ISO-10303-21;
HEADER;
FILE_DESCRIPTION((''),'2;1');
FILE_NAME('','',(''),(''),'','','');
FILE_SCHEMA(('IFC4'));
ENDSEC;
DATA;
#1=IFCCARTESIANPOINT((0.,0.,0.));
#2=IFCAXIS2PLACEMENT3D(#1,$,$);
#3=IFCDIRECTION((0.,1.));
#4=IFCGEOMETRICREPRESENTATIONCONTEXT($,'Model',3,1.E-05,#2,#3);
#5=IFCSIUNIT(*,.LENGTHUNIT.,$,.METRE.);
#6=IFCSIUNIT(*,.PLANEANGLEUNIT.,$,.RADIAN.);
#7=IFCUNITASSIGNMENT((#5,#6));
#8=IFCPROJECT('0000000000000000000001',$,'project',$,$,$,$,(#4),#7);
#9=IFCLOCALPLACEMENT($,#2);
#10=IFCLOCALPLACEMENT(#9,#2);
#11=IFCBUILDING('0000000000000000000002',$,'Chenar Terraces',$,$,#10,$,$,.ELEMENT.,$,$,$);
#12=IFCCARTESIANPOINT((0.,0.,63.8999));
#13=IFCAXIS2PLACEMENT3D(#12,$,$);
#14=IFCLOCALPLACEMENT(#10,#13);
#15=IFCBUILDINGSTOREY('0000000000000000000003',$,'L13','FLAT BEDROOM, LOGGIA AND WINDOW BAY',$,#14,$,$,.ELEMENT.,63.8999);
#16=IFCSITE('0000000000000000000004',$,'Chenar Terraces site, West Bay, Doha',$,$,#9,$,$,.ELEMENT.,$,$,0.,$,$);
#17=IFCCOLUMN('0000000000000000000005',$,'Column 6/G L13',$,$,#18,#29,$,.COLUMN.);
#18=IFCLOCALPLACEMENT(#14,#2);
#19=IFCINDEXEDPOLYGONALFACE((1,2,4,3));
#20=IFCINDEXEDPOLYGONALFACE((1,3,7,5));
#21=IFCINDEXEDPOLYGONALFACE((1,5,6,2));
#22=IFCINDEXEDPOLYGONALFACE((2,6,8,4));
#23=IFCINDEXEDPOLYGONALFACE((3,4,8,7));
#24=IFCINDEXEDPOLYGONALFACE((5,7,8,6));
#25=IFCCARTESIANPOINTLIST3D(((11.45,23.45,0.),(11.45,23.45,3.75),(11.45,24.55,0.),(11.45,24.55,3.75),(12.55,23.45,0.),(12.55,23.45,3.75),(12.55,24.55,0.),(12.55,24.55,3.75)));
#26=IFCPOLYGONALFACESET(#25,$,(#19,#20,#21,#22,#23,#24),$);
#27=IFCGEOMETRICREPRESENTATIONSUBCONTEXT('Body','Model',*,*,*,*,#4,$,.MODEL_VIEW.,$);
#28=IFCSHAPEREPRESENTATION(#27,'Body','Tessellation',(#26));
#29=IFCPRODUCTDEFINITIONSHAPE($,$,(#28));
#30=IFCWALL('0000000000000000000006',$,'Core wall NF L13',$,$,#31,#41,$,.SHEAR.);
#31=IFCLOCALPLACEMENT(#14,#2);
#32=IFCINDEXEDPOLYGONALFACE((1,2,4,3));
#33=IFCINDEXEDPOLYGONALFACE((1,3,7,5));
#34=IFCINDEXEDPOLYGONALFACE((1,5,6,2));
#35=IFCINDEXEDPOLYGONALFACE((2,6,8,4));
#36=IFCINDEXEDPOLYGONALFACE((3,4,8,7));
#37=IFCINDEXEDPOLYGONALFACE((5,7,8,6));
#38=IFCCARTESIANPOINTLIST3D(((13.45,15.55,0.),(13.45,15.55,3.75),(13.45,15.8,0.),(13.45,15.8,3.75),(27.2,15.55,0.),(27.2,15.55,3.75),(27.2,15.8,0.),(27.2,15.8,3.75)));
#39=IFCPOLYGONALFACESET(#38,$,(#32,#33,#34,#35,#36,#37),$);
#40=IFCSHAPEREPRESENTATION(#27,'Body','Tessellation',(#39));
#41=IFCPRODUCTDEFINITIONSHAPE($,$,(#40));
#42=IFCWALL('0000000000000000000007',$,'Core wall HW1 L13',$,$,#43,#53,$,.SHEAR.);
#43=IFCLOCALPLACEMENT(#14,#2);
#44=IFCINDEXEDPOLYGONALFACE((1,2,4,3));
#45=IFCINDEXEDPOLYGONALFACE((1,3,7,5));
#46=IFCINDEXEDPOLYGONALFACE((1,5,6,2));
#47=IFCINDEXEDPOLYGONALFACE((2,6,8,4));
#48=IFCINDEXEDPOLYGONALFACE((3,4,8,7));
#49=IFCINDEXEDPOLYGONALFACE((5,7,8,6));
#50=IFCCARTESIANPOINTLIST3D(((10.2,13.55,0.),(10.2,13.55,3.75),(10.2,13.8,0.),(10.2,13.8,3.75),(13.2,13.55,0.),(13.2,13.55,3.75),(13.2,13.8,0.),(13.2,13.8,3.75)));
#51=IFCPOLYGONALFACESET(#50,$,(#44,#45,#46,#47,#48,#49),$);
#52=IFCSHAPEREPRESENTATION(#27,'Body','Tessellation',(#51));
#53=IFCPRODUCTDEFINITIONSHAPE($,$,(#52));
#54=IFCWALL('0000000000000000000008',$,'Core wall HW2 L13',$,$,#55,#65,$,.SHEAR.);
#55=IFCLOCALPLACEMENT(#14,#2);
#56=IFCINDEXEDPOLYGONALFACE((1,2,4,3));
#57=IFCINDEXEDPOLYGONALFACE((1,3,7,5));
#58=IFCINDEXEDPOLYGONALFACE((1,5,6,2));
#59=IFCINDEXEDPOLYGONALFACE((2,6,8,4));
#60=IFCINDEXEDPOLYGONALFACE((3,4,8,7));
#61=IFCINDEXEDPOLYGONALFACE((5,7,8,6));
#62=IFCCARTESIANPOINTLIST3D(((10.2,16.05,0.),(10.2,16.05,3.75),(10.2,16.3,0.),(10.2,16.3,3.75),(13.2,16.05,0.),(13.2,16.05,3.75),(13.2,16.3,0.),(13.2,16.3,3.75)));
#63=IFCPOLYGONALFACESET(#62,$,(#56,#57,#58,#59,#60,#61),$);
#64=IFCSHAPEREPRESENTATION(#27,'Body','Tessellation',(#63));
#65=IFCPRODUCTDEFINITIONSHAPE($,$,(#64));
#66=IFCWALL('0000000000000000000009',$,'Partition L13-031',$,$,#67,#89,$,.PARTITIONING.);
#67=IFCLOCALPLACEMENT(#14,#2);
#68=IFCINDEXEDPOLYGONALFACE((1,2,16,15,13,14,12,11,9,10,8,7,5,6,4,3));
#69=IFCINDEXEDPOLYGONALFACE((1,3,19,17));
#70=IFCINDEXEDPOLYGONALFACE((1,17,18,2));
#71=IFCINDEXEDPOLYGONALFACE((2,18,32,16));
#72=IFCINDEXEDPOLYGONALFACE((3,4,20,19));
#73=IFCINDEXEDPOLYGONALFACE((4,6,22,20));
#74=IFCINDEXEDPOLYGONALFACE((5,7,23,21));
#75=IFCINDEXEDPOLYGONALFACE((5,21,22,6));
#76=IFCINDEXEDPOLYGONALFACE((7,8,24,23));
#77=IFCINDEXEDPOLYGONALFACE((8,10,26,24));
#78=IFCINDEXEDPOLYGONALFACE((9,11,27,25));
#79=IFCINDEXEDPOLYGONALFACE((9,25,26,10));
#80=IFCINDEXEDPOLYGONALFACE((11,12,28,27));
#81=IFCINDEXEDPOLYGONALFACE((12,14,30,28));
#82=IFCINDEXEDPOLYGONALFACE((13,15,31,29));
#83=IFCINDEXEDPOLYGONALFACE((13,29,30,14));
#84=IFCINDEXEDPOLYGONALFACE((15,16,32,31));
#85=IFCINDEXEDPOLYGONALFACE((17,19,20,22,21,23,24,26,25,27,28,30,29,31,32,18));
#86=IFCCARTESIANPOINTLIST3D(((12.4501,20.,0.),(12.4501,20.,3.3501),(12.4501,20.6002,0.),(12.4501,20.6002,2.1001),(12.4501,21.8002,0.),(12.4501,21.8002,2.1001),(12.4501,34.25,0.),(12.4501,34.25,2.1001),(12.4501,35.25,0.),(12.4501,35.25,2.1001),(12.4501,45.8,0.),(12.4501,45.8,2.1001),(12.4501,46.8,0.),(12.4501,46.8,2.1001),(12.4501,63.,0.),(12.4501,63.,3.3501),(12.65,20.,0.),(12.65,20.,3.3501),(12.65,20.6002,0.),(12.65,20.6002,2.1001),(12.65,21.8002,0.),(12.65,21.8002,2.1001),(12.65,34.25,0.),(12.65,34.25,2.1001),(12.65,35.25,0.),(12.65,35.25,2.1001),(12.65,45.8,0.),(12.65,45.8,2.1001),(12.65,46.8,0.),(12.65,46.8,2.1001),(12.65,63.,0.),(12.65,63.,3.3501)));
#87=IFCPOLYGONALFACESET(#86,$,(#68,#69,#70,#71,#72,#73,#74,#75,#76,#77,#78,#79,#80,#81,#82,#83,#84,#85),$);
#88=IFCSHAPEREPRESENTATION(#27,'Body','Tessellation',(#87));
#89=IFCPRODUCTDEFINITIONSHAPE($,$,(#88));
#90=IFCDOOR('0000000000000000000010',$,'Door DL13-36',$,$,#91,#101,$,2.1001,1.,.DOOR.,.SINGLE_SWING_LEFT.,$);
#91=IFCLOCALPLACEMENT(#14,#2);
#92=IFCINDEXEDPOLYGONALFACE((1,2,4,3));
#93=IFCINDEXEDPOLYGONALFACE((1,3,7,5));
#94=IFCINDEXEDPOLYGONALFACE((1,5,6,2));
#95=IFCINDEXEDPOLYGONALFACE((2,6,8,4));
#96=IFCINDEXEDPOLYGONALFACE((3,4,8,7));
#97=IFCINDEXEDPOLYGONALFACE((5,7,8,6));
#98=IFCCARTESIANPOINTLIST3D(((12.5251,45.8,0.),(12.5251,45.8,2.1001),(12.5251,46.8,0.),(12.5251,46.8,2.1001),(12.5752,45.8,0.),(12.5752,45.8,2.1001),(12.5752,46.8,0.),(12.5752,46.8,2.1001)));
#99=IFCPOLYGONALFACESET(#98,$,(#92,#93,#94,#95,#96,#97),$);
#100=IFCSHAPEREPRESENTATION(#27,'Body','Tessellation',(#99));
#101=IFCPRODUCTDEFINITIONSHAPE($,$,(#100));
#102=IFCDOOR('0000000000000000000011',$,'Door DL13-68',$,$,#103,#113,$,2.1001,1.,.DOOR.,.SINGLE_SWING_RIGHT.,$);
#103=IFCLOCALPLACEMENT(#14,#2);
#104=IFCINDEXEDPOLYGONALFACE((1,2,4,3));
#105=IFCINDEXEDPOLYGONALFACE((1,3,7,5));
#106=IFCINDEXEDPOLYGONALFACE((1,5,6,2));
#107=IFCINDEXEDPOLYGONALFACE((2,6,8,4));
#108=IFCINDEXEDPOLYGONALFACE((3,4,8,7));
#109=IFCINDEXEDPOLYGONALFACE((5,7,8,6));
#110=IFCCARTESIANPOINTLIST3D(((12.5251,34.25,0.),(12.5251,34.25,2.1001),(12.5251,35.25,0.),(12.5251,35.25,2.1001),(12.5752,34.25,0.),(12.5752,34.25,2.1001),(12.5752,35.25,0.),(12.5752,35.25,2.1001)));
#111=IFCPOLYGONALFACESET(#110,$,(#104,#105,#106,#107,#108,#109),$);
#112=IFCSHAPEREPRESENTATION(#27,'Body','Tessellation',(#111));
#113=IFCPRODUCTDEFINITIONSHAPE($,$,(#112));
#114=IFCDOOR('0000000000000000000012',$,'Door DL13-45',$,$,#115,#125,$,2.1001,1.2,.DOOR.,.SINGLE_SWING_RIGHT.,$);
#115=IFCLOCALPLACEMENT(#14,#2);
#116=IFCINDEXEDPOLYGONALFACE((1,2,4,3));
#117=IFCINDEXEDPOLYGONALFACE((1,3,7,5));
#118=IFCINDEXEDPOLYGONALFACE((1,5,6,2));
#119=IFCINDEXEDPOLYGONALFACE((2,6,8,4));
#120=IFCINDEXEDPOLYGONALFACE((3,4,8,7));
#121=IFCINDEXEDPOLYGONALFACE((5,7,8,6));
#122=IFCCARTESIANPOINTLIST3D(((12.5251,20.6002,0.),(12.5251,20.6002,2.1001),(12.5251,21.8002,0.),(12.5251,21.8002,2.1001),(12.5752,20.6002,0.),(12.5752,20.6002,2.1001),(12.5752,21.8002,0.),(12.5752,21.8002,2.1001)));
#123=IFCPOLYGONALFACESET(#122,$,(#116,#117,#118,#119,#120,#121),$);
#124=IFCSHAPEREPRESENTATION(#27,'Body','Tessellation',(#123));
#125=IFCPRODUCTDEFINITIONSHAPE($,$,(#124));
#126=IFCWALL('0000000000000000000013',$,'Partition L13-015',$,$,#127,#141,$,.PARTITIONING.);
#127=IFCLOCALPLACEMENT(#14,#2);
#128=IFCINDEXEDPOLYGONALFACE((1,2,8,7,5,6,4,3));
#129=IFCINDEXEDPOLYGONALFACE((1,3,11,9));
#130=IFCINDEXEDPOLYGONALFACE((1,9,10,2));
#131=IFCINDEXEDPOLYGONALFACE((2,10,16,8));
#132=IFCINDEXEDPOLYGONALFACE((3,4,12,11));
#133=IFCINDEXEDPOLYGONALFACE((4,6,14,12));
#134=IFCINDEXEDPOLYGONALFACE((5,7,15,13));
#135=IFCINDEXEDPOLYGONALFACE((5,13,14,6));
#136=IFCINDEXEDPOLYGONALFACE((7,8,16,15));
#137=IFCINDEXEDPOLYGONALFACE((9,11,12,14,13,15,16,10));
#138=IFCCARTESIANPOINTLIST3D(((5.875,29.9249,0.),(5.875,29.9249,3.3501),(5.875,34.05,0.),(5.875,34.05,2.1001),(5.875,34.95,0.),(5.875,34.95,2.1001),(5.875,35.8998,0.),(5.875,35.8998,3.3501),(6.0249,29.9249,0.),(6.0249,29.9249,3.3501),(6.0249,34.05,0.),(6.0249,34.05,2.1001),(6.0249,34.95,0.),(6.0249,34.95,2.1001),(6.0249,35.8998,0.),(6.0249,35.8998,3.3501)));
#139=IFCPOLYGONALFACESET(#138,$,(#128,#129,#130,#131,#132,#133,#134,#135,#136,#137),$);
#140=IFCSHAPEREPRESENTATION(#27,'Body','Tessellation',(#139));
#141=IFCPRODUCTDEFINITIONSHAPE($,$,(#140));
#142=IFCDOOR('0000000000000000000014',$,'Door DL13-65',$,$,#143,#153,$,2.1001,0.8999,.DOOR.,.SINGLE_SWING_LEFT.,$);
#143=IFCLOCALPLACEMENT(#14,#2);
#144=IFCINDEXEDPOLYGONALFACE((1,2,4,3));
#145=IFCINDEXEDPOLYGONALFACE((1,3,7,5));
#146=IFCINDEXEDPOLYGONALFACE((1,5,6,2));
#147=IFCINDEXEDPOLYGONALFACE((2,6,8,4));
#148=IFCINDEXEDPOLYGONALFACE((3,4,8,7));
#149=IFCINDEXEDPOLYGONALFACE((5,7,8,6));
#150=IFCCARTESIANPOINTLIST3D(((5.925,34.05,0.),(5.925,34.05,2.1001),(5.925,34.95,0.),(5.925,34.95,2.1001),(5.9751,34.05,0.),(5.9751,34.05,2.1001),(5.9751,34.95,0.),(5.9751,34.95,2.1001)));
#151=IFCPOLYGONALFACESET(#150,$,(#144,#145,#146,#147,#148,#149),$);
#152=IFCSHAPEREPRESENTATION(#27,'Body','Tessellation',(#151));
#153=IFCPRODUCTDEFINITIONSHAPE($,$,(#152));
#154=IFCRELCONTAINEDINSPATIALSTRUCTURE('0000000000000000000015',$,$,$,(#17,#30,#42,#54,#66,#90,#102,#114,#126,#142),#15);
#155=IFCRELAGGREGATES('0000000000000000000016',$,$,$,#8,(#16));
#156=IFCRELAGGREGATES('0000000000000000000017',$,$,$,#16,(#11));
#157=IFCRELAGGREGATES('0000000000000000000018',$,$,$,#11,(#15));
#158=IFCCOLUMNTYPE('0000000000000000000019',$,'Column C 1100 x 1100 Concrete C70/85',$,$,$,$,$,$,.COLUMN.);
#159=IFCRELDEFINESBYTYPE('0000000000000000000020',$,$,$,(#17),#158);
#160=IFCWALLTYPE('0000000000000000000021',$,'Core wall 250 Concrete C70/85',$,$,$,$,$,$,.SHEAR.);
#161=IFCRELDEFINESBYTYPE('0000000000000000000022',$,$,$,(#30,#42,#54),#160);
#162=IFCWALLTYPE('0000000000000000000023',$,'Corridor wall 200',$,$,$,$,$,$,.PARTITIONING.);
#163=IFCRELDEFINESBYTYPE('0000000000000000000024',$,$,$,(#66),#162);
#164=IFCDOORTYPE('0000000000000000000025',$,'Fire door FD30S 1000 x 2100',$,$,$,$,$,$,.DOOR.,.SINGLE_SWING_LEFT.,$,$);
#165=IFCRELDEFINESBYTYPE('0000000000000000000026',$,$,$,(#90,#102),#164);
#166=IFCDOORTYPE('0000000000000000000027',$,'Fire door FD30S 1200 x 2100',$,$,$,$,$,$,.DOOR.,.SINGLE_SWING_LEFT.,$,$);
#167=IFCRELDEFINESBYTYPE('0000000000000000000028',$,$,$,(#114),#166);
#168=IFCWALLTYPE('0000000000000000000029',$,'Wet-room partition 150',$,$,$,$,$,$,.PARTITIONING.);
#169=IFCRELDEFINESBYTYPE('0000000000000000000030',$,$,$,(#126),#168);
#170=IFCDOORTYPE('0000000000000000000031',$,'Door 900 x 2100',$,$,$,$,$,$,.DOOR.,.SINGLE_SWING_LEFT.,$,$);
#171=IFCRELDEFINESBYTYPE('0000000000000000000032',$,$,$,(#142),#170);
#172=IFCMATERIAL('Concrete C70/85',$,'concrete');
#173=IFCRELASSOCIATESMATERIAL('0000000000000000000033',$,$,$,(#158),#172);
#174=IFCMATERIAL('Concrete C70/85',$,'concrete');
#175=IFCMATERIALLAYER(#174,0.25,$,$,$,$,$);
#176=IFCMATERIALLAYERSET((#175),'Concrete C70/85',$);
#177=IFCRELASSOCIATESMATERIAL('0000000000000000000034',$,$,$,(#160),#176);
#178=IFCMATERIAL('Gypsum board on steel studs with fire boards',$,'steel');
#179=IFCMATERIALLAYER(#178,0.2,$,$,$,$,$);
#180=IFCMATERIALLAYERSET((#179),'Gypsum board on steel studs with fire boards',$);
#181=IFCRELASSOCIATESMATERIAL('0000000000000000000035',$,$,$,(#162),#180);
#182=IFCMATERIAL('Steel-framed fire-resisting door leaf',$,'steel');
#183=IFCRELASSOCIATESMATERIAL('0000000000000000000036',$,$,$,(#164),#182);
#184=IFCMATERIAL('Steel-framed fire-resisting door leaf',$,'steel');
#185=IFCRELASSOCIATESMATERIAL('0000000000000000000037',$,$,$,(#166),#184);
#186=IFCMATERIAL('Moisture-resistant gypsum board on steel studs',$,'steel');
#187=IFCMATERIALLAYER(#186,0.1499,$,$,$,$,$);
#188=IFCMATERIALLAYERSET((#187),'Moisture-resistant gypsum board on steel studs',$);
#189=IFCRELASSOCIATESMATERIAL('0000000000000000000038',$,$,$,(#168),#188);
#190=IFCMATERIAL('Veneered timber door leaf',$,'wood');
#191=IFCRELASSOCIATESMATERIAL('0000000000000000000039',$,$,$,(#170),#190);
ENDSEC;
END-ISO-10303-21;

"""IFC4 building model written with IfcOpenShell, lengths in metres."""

from ifc_helpers import new_model, si_unit, direction, frame, frame_2d, origin, origin_2d, place, context, subcontext, project, spatial, rectangle, extrude, material, layer, layer_set, material_profile, profile_set, type_object, element, fill, save


model = new_model("IFC4")

# Units and contexts
model_context = context("Model", 3, precision=1e-05, world=origin(), true_north=direction((0.0, 1.0)))
body_context = subcontext(model_context, "Body", "Model", "MODEL_VIEW")
ifc_project = project(units=[si_unit("LENGTHUNIT", "METRE"), si_unit("PLANEANGLEUNIT", "RADIAN")], contexts=[model_context])

# Site, building, storey
site_placement = place(None, origin())
site = spatial("IfcSite", under=ifc_project, at=site_placement, Name="Chenar Terraces site, West Bay, Doha", CompositionType="ELEMENT", RefElevation=0.0)
building_placement = place(site_placement, origin())
building = spatial("IfcBuilding", under=site, at=building_placement, Name="Chenar Terraces", CompositionType="ELEMENT")
storey_placement = place(building_placement, frame((0.0, 0.0, 63.8999)))
storey = spatial("IfcBuildingStorey", under=building, at=storey_placement, Name="L13", Description="FLAT BEDROOM, LOGGIA AND WINDOW BAY", CompositionType="ELEMENT", Elevation=63.8999)

# Column
ifc_material_1 = material(Name="Concrete C70/85", Category="concrete")
ifc_material_profile = material_profile(ifc_material_1, rectangle(XDim=1.1001, YDim=1.1001, at=origin_2d()), Name="C 1100 x 1100")
ifc_profile_set = profile_set([ifc_material_profile], Name="Concrete C70/85")
column_type = type_object("IfcColumnType", Name="Column C 1100 x 1100 Concrete C70/85", PredefinedType="COLUMN", material=ifc_profile_set)
column_placement = place(storey_placement, frame((12.0, 24.0, 0.0), z_axis=(0.0, 0.0, 1.0), x_axis=(1.0, 0.0, 0.0)))
element("IfcColumn", 1, at=column_placement, inside=storey, type_object=column_type, Name="Column 6/G L13", PredefinedType="COLUMN", context=body_context, shape_type="SweptSolid", body=[
    extrude(rectangle(XDim=1.1001, YDim=1.1001, at=origin_2d()), origin(), (0.0, 0.0, 1.0), 3.75),
])

# Walls
ifc_material_2 = material(Name="Concrete C70/85", Category="concrete")
ifc_layer_1 = layer(ifc_material_2, 0.25)
ifc_layer_set_1 = layer_set([ifc_layer_1], Name="Concrete C70/85")
wall_type_1 = type_object("IfcWallType", Name="Core wall 250 Concrete C70/85", PredefinedType="SHEAR", material=ifc_layer_set_1)
wall_1_placement = place(storey_placement, frame((13.45, 15.675, 0.0), z_axis=(0.0, 0.0, 1.0), x_axis=(1.0, 0.0, 0.0)))
element("IfcWall", 2, at=wall_1_placement, inside=storey, type_object=wall_type_1, Name="Core wall NF L13", PredefinedType="SHEAR", context=body_context, shape_type="SweptSolid", body=[
    extrude(rectangle(XDim=13.75, YDim=0.25, at=frame_2d((6.875, 0.0))), origin(), (0.0, 0.0, 1.0), 3.75),
])
for number, where, z_axis, x_axis, name in (
    (3, (10.2, 13.675, 0.0), (0.0, 0.0, 1.0), (1.0, 0.0, 0.0), "Core wall HW1 L13"),
    (4, (10.2, 16.175, 0.0), (0.0, 0.0, 1.0), (1.0, 0.0, 0.0), "Core wall HW2 L13"),
):
    element("IfcWall", number, at=place(storey_placement, frame(where, z_axis=z_axis, x_axis=x_axis)), inside=storey, type_object=wall_type_1, Name=name, PredefinedType="SHEAR", context=body_context, shape_type="SweptSolid", body=[
        extrude(rectangle(XDim=3.0, YDim=0.25, at=frame_2d((1.5, 0.0))), origin(), (0.0, 0.0, 1.0), 3.75),
    ])

# Wall, openings, doors
ifc_material_3 = material(Name="Gypsum board on steel studs with fire boards", Category="steel")
ifc_layer_2 = layer(ifc_material_3, 0.2)
ifc_layer_set_2 = layer_set([ifc_layer_2], Name="Gypsum board on steel studs with fire boards")
wall_type_2 = type_object("IfcWallType", Name="Corridor wall 200", PredefinedType="PARTITIONING", material=ifc_layer_set_2)
wall_2_placement = place(storey_placement, frame((12.55, 20.0, 0.0), z_axis=(0.0, 0.0, 1.0), x_axis=(0.0, 1.0, 0.0)))
wall_2 = element("IfcWall", 5, at=wall_2_placement, inside=storey, type_object=wall_type_2, Name="Partition L13-031", PredefinedType="PARTITIONING", context=body_context, shape_type="SweptSolid", body=[
    extrude(rectangle(XDim=43.0, YDim=0.2, at=frame_2d((21.5, 0.0))), origin(), (0.0, 0.0, 1.0), 3.3501),
])
opening_1_placement = place(wall_2_placement, frame((25.8, 0.0, 0.0)))
opening_1 = element("IfcOpeningElement", 6, at=opening_1_placement, cuts=wall_2, PredefinedType="OPENING", context=body_context, shape_type="SweptSolid", body=[
    extrude(rectangle(XDim=1.0, YDim=2.1001, at=frame_2d((0.5, 1.05))), frame((0.0, 0.1099, 0.0), z_axis=(0.0, -1.0, 0.0), x_axis=(1.0, 0.0, 0.0)), (0.0, 0.0, 1.0), 0.22),
])
opening_2_placement = place(wall_2_placement, frame((0.6001, 0.0, 0.0)))
opening_2 = element("IfcOpeningElement", 7, at=opening_2_placement, cuts=wall_2, PredefinedType="OPENING", context=body_context, shape_type="SweptSolid", body=[
    extrude(rectangle(XDim=1.2, YDim=2.1001, at=frame_2d((0.6001, 1.05))), frame((0.0, 0.1099, 0.0), z_axis=(0.0, -1.0, 0.0), x_axis=(1.0, 0.0, 0.0)), (0.0, 0.0, 1.0), 0.22),
])
opening_3_placement = place(wall_2_placement, frame((14.25, 0.0, 0.0)))
opening_3 = element("IfcOpeningElement", 8, at=opening_3_placement, cuts=wall_2, PredefinedType="OPENING", context=body_context, shape_type="SweptSolid", body=[
    extrude(rectangle(XDim=1.0, YDim=2.1001, at=frame_2d((0.5, 1.05))), frame((0.0, 0.1099, 0.0), z_axis=(0.0, -1.0, 0.0), x_axis=(1.0, 0.0, 0.0)), (0.0, 0.0, 1.0), 0.22),
])
ifc_material_4 = material(Name="Steel-framed fire-resisting door leaf", Category="steel")
door_type_1 = type_object("IfcDoorType", Name="Fire door FD30S 1000 x 2100", OperationType="SINGLE_SWING_LEFT", PredefinedType="DOOR", material=ifc_material_4)
door_1_placement = place(opening_1_placement, origin())
door_1 = element("IfcDoor", 9, at=door_1_placement, inside=storey, type_object=door_type_1, Name="Door DL13-36", OperationType="SINGLE_SWING_LEFT", OverallHeight=2.1001, OverallWidth=1.0, PredefinedType="DOOR", context=body_context, shape_type="SweptSolid", body=[
    extrude(rectangle(XDim=1.0, YDim=2.1001, at=frame_2d((0.5, 1.05))), frame((0.0, 0.0249, 0.0), z_axis=(0.0, -1.0, 0.0), x_axis=(1.0, 0.0, 0.0)), (0.0, 0.0, 1.0), 0.05),
])
fill(opening_1, door_1)
door_2_placement = place(opening_3_placement, origin())
door_2 = element("IfcDoor", 10, at=door_2_placement, inside=storey, type_object=door_type_1, Name="Door DL13-68", OperationType="SINGLE_SWING_RIGHT", OverallHeight=2.1001, OverallWidth=1.0, PredefinedType="DOOR", context=body_context, shape_type="SweptSolid", body=[
    extrude(rectangle(XDim=1.0, YDim=2.1001, at=frame_2d((0.5, 1.05))), frame((0.0, 0.0249, 0.0), z_axis=(0.0, -1.0, 0.0), x_axis=(1.0, 0.0, 0.0)), (0.0, 0.0, 1.0), 0.05),
])
fill(opening_3, door_2)
ifc_material_5 = material(Name="Steel-framed fire-resisting door leaf", Category="steel")
door_type_2 = type_object("IfcDoorType", Name="Fire door FD30S 1200 x 2100", OperationType="SINGLE_SWING_LEFT", PredefinedType="DOOR", material=ifc_material_5)
door_3_placement = place(opening_2_placement, origin())
door_3 = element("IfcDoor", 11, at=door_3_placement, inside=storey, type_object=door_type_2, Name="Door DL13-45", OperationType="SINGLE_SWING_RIGHT", OverallHeight=2.1001, OverallWidth=1.2, PredefinedType="DOOR", context=body_context, shape_type="SweptSolid", body=[
    extrude(rectangle(XDim=1.2, YDim=2.1001, at=frame_2d((0.6001, 1.05))), frame((0.0, 0.0249, 0.0), z_axis=(0.0, -1.0, 0.0), x_axis=(1.0, 0.0, 0.0)), (0.0, 0.0, 1.0), 0.05),
])
fill(opening_2, door_3)

# Wall, opening, door
ifc_material_6 = material(Name="Moisture-resistant gypsum board on steel studs", Category="steel")
ifc_layer_3 = layer(ifc_material_6, 0.1499)
ifc_layer_set_3 = layer_set([ifc_layer_3], Name="Moisture-resistant gypsum board on steel studs")
wall_type_3 = type_object("IfcWallType", Name="Wet-room partition 150", PredefinedType="PARTITIONING", material=ifc_layer_set_3)
wall_3_placement = place(storey_placement, frame((5.95, 29.925, 0.0), z_axis=(0.0, 0.0, 1.0), x_axis=(0.0, 1.0, 0.0)))
wall_3 = element("IfcWall", 12, at=wall_3_placement, inside=storey, type_object=wall_type_3, Name="Partition L13-015", PredefinedType="PARTITIONING", context=body_context, shape_type="SweptSolid", body=[
    extrude(rectangle(XDim=5.9749, YDim=0.1499, at=frame_2d((2.9873, 0.0))), origin(), (0.0, 0.0, 1.0), 3.3501),
])
opening_4_placement = place(wall_3_placement, frame((4.125, 0.0, 0.0)))
opening_4 = element("IfcOpeningElement", 13, at=opening_4_placement, cuts=wall_3, PredefinedType="OPENING", context=body_context, shape_type="SweptSolid", body=[
    extrude(rectangle(XDim=0.8999, YDim=2.1001, at=frame_2d((0.45, 1.05))), frame((0.0, 0.085, 0.0), z_axis=(0.0, -1.0, 0.0), x_axis=(1.0, 0.0, 0.0)), (0.0, 0.0, 1.0), 0.1699),
])
ifc_material_7 = material(Name="Veneered timber door leaf", Category="wood")
door_type_3 = type_object("IfcDoorType", Name="Door 900 x 2100", OperationType="SINGLE_SWING_LEFT", PredefinedType="DOOR", material=ifc_material_7)
door_4_placement = place(opening_4_placement, origin())
door_4 = element("IfcDoor", 14, at=door_4_placement, inside=storey, type_object=door_type_3, Name="Door DL13-65", OperationType="SINGLE_SWING_LEFT", OverallHeight=2.1001, OverallWidth=0.8999, PredefinedType="DOOR", context=body_context, shape_type="SweptSolid", body=[
    extrude(rectangle(XDim=0.8999, YDim=2.1001, at=frame_2d((0.45, 1.05))), frame((0.0, 0.0249, 0.0), z_axis=(0.0, -1.0, 0.0), x_axis=(1.0, 0.0, 0.0)), (0.0, 0.0, 1.0), 0.05),
])
fill(opening_4, door_4)

save(model, "model.ifc")
